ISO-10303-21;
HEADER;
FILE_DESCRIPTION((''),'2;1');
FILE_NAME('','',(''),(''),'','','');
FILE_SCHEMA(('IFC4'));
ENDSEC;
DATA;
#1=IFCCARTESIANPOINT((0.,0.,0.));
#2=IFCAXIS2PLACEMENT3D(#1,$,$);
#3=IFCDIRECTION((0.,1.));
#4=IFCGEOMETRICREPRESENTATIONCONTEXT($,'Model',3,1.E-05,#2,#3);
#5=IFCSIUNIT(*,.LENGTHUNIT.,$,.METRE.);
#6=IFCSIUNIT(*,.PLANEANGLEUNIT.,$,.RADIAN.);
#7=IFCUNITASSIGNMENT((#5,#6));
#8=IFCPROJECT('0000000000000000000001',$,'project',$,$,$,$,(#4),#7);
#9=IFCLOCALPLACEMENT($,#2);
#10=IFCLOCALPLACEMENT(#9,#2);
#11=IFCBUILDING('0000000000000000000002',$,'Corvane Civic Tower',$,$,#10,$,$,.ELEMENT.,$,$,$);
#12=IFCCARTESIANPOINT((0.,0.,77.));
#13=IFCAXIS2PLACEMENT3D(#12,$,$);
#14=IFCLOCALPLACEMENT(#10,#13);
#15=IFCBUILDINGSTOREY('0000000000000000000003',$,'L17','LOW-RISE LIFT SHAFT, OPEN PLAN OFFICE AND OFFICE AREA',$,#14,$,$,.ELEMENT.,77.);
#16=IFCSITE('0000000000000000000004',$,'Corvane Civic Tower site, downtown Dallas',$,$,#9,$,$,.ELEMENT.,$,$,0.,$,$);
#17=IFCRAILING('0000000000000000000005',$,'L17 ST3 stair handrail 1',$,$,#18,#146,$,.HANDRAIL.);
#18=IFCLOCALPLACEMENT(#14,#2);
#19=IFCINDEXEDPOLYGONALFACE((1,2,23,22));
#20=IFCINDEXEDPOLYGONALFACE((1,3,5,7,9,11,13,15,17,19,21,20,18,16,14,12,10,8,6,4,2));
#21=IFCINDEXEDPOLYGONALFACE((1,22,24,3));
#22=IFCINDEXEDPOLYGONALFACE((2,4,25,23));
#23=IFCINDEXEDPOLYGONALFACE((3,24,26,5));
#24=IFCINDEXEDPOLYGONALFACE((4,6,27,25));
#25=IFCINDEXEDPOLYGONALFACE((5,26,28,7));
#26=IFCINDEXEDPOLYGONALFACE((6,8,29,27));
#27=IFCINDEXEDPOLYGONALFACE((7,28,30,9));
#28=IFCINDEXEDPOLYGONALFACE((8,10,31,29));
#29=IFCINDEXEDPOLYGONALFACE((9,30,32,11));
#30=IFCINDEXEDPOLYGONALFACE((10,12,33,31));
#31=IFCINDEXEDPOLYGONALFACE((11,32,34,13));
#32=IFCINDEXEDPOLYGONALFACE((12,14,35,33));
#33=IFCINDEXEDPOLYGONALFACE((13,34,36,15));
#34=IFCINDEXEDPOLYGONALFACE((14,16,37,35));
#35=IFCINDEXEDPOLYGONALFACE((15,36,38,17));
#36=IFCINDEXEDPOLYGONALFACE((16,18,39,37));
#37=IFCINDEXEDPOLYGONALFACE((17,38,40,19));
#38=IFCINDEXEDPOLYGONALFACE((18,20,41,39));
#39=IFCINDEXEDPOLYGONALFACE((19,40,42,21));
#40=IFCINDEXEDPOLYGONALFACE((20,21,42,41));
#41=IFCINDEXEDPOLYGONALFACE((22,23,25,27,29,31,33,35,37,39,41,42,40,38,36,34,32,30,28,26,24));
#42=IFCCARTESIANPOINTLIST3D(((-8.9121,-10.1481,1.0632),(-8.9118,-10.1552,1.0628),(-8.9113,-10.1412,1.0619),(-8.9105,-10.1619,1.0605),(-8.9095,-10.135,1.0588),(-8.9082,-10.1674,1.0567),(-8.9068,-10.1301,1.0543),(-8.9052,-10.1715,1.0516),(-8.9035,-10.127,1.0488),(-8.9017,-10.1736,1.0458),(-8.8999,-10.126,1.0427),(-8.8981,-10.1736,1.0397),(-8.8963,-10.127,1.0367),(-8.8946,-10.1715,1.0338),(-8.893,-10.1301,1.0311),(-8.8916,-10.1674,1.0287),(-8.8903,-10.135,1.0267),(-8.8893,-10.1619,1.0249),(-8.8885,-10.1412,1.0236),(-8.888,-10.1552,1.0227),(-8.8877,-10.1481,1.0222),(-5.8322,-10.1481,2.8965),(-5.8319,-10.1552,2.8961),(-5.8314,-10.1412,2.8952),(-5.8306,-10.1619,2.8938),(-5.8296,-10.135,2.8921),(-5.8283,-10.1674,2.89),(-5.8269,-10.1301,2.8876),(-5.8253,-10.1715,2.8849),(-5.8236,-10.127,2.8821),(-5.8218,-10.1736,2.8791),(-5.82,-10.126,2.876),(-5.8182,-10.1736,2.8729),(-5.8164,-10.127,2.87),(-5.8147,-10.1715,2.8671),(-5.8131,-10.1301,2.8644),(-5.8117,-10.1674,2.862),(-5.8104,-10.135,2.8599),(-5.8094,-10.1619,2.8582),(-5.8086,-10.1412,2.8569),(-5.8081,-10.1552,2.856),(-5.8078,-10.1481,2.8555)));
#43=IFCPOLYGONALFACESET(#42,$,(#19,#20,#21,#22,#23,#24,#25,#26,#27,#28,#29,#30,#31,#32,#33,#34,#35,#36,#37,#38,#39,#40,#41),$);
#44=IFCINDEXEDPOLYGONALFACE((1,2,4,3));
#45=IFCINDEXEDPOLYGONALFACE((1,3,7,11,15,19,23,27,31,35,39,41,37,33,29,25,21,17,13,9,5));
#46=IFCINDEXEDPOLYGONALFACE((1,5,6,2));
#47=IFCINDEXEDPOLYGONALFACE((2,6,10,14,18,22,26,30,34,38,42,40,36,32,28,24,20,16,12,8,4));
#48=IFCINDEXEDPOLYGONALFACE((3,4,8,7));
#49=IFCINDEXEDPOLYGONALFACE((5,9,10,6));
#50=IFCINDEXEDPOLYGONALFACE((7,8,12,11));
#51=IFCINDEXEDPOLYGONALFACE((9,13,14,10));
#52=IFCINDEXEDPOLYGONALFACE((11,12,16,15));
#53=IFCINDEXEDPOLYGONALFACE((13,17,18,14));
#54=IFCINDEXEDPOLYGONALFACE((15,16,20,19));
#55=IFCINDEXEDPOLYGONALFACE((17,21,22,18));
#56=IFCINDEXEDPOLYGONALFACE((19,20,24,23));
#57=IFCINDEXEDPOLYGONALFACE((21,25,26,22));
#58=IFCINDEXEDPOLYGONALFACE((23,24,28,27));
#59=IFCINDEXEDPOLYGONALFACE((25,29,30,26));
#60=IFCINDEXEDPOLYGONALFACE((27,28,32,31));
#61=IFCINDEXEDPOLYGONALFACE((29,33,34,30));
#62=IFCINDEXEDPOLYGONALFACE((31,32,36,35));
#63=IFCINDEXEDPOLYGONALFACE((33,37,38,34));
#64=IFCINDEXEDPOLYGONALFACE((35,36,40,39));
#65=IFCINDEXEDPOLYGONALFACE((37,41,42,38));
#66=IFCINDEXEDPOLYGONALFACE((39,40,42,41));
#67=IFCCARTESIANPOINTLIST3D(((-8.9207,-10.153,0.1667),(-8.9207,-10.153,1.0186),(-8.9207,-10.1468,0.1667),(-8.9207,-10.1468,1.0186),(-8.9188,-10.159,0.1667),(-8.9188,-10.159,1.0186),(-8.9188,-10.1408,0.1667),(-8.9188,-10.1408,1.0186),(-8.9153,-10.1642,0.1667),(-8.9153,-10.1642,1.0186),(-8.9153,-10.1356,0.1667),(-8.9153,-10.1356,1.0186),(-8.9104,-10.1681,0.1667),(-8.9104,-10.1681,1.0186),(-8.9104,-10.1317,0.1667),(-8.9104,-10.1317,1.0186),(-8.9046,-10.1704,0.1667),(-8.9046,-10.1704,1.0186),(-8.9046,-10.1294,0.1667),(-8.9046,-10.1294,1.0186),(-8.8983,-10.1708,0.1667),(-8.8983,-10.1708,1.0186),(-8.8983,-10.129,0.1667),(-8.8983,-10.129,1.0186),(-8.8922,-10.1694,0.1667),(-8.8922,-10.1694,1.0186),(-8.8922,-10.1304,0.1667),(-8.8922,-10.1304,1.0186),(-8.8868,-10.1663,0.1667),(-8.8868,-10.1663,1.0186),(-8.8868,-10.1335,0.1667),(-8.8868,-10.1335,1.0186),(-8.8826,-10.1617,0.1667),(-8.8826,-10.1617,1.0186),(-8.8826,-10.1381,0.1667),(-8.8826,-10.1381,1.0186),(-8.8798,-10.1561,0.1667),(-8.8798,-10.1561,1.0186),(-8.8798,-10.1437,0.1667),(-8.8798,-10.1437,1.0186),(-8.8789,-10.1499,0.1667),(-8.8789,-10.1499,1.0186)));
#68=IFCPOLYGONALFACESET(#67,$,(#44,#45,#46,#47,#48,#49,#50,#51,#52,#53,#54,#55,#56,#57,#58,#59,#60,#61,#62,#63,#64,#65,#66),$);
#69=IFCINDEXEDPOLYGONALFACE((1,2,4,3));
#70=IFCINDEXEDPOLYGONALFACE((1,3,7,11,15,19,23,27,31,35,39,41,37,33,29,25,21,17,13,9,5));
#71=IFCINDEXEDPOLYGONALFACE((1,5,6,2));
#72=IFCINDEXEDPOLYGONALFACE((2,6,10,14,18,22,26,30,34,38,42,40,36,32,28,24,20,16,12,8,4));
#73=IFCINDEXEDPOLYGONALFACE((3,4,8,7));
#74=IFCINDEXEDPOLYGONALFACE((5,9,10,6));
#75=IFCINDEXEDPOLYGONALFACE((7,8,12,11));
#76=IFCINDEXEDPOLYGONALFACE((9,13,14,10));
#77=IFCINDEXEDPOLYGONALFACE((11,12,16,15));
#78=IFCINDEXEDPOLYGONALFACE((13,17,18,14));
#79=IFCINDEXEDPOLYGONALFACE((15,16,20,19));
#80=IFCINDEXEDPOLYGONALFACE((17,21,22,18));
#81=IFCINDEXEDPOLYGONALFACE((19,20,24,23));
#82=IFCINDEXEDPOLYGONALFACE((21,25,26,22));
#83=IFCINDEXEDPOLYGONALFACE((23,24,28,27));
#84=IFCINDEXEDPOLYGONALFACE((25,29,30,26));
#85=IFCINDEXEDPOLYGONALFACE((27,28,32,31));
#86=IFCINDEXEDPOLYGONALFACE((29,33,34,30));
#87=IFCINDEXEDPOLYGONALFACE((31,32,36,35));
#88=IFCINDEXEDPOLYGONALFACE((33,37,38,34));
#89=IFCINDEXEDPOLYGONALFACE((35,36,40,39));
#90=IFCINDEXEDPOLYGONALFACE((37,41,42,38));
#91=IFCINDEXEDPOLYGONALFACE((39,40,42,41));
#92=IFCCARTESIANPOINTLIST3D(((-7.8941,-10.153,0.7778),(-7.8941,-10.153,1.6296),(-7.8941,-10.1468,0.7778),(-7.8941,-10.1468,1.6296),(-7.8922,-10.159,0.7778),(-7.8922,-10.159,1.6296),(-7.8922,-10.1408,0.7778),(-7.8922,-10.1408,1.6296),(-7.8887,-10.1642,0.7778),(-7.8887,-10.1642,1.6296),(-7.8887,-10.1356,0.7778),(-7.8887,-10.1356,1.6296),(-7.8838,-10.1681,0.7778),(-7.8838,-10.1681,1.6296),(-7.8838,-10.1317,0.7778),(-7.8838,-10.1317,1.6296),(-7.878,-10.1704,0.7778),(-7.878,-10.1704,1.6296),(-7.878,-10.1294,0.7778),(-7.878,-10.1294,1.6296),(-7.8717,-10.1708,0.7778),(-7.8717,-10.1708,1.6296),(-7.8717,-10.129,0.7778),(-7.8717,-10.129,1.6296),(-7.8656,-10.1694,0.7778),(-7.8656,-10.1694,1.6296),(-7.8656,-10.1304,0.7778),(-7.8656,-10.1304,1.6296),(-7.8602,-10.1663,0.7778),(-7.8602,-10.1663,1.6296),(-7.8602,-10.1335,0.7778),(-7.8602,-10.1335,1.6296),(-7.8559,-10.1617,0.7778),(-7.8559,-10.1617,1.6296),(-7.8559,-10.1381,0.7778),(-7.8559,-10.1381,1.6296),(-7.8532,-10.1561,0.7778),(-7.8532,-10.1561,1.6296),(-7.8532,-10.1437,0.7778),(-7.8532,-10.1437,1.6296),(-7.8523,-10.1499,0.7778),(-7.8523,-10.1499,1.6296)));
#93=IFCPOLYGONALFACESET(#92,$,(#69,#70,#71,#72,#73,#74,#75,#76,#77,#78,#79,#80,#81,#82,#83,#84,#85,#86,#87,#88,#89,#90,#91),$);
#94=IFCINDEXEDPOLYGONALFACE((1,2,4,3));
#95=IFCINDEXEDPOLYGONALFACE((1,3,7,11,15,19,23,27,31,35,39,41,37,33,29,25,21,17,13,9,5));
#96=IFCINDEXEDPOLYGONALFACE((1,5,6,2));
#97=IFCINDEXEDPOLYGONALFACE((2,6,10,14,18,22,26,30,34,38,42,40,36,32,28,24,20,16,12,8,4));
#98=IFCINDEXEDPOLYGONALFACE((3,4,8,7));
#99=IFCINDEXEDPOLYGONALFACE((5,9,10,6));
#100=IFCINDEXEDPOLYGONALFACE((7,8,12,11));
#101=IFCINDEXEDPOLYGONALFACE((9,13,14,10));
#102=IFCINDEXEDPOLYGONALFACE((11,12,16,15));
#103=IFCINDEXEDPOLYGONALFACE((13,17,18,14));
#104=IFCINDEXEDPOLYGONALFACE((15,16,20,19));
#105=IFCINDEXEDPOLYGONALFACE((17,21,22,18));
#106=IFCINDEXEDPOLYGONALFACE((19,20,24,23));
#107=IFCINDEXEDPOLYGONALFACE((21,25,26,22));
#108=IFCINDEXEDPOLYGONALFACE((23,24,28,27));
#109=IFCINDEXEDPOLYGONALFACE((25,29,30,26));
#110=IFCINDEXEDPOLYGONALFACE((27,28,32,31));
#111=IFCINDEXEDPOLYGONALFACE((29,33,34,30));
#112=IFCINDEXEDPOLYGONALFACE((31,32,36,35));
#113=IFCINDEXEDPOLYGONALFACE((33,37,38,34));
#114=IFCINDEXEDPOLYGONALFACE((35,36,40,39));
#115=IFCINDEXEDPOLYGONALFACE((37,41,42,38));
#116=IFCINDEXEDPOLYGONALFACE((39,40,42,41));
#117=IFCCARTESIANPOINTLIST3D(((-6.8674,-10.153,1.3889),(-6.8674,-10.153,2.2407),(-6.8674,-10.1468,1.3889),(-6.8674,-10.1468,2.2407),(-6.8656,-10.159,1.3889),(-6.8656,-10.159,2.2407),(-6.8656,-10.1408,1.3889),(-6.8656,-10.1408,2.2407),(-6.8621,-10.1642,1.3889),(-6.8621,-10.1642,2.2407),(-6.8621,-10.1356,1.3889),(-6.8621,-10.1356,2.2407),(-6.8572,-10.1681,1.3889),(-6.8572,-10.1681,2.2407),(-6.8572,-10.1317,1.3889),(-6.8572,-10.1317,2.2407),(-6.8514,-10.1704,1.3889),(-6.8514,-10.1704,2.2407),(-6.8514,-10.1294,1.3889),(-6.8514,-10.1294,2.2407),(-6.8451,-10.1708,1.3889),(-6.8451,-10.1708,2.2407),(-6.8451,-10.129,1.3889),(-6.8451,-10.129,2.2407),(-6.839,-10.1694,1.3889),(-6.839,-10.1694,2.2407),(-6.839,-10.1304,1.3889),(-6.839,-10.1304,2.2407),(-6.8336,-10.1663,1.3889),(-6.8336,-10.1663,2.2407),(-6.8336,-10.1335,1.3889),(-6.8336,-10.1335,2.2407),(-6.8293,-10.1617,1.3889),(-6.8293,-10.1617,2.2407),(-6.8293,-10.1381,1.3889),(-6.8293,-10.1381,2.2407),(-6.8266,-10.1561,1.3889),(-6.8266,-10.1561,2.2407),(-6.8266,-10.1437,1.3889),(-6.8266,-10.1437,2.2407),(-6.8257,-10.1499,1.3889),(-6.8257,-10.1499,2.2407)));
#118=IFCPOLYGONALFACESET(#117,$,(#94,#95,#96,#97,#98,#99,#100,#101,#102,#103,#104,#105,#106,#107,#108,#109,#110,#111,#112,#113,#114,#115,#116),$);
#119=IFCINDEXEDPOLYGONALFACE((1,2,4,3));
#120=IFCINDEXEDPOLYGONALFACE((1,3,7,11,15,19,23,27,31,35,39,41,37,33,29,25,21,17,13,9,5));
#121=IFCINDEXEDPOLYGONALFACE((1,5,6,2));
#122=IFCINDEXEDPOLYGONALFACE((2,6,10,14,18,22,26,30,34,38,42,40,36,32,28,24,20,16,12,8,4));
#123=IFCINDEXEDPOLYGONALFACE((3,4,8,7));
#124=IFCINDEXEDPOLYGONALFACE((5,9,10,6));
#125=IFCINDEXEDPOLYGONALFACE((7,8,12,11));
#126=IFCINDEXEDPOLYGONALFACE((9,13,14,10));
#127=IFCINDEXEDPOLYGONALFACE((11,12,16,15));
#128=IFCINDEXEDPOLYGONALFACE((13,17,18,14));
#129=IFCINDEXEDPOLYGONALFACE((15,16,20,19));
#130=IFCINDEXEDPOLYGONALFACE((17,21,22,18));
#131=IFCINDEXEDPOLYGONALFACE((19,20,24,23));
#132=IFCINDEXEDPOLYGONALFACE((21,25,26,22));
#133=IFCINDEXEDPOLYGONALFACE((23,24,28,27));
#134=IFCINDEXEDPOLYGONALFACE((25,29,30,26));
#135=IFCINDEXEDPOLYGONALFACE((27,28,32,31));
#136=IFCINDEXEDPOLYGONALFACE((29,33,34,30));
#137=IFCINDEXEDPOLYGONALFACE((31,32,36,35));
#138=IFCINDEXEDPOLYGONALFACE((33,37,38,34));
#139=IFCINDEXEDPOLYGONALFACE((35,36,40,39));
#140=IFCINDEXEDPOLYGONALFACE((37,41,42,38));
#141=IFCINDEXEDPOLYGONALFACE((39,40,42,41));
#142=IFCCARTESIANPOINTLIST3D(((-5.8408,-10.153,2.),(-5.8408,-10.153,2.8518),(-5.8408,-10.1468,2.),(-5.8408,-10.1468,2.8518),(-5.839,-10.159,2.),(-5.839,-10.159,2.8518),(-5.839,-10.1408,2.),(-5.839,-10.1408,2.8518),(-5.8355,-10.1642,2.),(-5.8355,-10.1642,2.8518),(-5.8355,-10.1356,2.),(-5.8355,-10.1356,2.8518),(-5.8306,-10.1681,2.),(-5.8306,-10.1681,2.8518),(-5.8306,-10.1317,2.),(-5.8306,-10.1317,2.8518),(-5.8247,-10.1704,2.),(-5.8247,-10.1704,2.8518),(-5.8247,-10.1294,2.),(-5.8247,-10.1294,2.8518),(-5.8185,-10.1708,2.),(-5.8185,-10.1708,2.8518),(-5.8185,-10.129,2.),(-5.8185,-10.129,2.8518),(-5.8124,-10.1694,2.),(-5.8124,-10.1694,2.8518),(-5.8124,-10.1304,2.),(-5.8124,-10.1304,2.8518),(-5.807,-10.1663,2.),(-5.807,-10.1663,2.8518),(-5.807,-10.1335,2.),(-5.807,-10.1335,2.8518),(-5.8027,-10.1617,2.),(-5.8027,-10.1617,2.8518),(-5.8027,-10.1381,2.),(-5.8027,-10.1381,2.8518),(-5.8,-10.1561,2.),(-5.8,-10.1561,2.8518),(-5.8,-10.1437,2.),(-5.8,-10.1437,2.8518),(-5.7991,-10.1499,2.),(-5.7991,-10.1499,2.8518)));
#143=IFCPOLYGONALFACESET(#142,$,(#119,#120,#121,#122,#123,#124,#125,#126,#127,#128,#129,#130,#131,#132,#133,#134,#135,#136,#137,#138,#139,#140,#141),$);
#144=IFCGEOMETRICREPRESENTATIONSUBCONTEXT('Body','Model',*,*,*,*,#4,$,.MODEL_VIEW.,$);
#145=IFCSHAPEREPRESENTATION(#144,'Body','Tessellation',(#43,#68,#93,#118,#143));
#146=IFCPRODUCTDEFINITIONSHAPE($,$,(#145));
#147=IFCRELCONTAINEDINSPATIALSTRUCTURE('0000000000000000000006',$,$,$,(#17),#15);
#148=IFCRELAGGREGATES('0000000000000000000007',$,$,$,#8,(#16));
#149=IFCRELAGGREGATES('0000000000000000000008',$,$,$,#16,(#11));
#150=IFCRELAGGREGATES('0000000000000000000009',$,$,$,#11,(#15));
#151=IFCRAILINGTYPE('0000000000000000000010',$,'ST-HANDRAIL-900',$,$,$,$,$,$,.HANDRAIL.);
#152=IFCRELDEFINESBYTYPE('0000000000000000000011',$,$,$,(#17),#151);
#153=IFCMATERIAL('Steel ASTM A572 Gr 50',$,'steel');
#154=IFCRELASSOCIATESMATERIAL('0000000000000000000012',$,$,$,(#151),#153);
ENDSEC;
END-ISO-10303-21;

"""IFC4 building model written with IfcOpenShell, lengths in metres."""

from ifc_helpers import new_model, si_unit, direction, frame, origin, origin_2d, place, context, subcontext, project, spatial, circle, extrude, material, type_object, element, save


model = new_model("IFC4")

# Units and contexts
model_context = context("Model", 3, precision=1e-05, world=origin(), true_north=direction((0.0, 1.0)))
body_context = subcontext(model_context, "Body", "Model", "MODEL_VIEW")
ifc_project = project(units=[si_unit("LENGTHUNIT", "METRE"), si_unit("PLANEANGLEUNIT", "RADIAN")], contexts=[model_context])

# Site, building, storey
site_placement = place(None, origin())
site = spatial("IfcSite", under=ifc_project, at=site_placement, Name="Corvane Civic Tower site, downtown Dallas", CompositionType="ELEMENT", RefElevation=0.0)
building_placement = place(site_placement, origin())
building = spatial("IfcBuilding", under=site, at=building_placement, Name="Corvane Civic Tower", CompositionType="ELEMENT")
storey_placement = place(building_placement, frame((0.0, 0.0, 77.0)))
storey = spatial("IfcBuildingStorey", under=building, at=storey_placement, Name="L17", Description="LOW-RISE LIFT SHAFT, OPEN PLAN OFFICE AND OFFICE AREA", CompositionType="ELEMENT", Elevation=77.0)

# Railing
ifc_material_1 = material(Name="Steel ASTM A572 Gr 50", Category="steel")
railing_type = type_object("IfcRailingType", Name="ST-HANDRAIL-900", PredefinedType="HANDRAIL", material=ifc_material_1)
railing_placement = place(storey_placement, frame((-8.8999, -10.1499, 0.1667)))
element("IfcRailing", 1, at=railing_placement, inside=storey, type_object=railing_type, Name="L17 ST3 stair handrail 1", PredefinedType="HANDRAIL", context=body_context, shape_type="SweptSolid", body=[
    extrude(circle(Radius=0.0239, at=origin_2d()), frame((0.0, 0.0, 0.876), z_axis=(0.859291, 0.0, 0.511487), x_axis=(0.0, 1.0, 0.0)), (0.0, 0.0, 1.0), 3.5842),
    extrude(circle(Radius=0.021, at=origin_2d()), origin(), (0.0, 0.0, 1.0), 0.8518),
    extrude(circle(Radius=0.021, at=origin_2d()), frame((1.0266, 0.0, 0.6111)), (0.0, 0.0, 1.0), 0.8518),
    extrude(circle(Radius=0.021, at=origin_2d()), frame((2.0532, 0.0, 1.2222)), (0.0, 0.0, 1.0), 0.8518),
    extrude(circle(Radius=0.021, at=origin_2d()), frame((3.0798, 0.0, 1.8333)), (0.0, 0.0, 1.0), 0.8518),
])

save(model, "model.ifc")
